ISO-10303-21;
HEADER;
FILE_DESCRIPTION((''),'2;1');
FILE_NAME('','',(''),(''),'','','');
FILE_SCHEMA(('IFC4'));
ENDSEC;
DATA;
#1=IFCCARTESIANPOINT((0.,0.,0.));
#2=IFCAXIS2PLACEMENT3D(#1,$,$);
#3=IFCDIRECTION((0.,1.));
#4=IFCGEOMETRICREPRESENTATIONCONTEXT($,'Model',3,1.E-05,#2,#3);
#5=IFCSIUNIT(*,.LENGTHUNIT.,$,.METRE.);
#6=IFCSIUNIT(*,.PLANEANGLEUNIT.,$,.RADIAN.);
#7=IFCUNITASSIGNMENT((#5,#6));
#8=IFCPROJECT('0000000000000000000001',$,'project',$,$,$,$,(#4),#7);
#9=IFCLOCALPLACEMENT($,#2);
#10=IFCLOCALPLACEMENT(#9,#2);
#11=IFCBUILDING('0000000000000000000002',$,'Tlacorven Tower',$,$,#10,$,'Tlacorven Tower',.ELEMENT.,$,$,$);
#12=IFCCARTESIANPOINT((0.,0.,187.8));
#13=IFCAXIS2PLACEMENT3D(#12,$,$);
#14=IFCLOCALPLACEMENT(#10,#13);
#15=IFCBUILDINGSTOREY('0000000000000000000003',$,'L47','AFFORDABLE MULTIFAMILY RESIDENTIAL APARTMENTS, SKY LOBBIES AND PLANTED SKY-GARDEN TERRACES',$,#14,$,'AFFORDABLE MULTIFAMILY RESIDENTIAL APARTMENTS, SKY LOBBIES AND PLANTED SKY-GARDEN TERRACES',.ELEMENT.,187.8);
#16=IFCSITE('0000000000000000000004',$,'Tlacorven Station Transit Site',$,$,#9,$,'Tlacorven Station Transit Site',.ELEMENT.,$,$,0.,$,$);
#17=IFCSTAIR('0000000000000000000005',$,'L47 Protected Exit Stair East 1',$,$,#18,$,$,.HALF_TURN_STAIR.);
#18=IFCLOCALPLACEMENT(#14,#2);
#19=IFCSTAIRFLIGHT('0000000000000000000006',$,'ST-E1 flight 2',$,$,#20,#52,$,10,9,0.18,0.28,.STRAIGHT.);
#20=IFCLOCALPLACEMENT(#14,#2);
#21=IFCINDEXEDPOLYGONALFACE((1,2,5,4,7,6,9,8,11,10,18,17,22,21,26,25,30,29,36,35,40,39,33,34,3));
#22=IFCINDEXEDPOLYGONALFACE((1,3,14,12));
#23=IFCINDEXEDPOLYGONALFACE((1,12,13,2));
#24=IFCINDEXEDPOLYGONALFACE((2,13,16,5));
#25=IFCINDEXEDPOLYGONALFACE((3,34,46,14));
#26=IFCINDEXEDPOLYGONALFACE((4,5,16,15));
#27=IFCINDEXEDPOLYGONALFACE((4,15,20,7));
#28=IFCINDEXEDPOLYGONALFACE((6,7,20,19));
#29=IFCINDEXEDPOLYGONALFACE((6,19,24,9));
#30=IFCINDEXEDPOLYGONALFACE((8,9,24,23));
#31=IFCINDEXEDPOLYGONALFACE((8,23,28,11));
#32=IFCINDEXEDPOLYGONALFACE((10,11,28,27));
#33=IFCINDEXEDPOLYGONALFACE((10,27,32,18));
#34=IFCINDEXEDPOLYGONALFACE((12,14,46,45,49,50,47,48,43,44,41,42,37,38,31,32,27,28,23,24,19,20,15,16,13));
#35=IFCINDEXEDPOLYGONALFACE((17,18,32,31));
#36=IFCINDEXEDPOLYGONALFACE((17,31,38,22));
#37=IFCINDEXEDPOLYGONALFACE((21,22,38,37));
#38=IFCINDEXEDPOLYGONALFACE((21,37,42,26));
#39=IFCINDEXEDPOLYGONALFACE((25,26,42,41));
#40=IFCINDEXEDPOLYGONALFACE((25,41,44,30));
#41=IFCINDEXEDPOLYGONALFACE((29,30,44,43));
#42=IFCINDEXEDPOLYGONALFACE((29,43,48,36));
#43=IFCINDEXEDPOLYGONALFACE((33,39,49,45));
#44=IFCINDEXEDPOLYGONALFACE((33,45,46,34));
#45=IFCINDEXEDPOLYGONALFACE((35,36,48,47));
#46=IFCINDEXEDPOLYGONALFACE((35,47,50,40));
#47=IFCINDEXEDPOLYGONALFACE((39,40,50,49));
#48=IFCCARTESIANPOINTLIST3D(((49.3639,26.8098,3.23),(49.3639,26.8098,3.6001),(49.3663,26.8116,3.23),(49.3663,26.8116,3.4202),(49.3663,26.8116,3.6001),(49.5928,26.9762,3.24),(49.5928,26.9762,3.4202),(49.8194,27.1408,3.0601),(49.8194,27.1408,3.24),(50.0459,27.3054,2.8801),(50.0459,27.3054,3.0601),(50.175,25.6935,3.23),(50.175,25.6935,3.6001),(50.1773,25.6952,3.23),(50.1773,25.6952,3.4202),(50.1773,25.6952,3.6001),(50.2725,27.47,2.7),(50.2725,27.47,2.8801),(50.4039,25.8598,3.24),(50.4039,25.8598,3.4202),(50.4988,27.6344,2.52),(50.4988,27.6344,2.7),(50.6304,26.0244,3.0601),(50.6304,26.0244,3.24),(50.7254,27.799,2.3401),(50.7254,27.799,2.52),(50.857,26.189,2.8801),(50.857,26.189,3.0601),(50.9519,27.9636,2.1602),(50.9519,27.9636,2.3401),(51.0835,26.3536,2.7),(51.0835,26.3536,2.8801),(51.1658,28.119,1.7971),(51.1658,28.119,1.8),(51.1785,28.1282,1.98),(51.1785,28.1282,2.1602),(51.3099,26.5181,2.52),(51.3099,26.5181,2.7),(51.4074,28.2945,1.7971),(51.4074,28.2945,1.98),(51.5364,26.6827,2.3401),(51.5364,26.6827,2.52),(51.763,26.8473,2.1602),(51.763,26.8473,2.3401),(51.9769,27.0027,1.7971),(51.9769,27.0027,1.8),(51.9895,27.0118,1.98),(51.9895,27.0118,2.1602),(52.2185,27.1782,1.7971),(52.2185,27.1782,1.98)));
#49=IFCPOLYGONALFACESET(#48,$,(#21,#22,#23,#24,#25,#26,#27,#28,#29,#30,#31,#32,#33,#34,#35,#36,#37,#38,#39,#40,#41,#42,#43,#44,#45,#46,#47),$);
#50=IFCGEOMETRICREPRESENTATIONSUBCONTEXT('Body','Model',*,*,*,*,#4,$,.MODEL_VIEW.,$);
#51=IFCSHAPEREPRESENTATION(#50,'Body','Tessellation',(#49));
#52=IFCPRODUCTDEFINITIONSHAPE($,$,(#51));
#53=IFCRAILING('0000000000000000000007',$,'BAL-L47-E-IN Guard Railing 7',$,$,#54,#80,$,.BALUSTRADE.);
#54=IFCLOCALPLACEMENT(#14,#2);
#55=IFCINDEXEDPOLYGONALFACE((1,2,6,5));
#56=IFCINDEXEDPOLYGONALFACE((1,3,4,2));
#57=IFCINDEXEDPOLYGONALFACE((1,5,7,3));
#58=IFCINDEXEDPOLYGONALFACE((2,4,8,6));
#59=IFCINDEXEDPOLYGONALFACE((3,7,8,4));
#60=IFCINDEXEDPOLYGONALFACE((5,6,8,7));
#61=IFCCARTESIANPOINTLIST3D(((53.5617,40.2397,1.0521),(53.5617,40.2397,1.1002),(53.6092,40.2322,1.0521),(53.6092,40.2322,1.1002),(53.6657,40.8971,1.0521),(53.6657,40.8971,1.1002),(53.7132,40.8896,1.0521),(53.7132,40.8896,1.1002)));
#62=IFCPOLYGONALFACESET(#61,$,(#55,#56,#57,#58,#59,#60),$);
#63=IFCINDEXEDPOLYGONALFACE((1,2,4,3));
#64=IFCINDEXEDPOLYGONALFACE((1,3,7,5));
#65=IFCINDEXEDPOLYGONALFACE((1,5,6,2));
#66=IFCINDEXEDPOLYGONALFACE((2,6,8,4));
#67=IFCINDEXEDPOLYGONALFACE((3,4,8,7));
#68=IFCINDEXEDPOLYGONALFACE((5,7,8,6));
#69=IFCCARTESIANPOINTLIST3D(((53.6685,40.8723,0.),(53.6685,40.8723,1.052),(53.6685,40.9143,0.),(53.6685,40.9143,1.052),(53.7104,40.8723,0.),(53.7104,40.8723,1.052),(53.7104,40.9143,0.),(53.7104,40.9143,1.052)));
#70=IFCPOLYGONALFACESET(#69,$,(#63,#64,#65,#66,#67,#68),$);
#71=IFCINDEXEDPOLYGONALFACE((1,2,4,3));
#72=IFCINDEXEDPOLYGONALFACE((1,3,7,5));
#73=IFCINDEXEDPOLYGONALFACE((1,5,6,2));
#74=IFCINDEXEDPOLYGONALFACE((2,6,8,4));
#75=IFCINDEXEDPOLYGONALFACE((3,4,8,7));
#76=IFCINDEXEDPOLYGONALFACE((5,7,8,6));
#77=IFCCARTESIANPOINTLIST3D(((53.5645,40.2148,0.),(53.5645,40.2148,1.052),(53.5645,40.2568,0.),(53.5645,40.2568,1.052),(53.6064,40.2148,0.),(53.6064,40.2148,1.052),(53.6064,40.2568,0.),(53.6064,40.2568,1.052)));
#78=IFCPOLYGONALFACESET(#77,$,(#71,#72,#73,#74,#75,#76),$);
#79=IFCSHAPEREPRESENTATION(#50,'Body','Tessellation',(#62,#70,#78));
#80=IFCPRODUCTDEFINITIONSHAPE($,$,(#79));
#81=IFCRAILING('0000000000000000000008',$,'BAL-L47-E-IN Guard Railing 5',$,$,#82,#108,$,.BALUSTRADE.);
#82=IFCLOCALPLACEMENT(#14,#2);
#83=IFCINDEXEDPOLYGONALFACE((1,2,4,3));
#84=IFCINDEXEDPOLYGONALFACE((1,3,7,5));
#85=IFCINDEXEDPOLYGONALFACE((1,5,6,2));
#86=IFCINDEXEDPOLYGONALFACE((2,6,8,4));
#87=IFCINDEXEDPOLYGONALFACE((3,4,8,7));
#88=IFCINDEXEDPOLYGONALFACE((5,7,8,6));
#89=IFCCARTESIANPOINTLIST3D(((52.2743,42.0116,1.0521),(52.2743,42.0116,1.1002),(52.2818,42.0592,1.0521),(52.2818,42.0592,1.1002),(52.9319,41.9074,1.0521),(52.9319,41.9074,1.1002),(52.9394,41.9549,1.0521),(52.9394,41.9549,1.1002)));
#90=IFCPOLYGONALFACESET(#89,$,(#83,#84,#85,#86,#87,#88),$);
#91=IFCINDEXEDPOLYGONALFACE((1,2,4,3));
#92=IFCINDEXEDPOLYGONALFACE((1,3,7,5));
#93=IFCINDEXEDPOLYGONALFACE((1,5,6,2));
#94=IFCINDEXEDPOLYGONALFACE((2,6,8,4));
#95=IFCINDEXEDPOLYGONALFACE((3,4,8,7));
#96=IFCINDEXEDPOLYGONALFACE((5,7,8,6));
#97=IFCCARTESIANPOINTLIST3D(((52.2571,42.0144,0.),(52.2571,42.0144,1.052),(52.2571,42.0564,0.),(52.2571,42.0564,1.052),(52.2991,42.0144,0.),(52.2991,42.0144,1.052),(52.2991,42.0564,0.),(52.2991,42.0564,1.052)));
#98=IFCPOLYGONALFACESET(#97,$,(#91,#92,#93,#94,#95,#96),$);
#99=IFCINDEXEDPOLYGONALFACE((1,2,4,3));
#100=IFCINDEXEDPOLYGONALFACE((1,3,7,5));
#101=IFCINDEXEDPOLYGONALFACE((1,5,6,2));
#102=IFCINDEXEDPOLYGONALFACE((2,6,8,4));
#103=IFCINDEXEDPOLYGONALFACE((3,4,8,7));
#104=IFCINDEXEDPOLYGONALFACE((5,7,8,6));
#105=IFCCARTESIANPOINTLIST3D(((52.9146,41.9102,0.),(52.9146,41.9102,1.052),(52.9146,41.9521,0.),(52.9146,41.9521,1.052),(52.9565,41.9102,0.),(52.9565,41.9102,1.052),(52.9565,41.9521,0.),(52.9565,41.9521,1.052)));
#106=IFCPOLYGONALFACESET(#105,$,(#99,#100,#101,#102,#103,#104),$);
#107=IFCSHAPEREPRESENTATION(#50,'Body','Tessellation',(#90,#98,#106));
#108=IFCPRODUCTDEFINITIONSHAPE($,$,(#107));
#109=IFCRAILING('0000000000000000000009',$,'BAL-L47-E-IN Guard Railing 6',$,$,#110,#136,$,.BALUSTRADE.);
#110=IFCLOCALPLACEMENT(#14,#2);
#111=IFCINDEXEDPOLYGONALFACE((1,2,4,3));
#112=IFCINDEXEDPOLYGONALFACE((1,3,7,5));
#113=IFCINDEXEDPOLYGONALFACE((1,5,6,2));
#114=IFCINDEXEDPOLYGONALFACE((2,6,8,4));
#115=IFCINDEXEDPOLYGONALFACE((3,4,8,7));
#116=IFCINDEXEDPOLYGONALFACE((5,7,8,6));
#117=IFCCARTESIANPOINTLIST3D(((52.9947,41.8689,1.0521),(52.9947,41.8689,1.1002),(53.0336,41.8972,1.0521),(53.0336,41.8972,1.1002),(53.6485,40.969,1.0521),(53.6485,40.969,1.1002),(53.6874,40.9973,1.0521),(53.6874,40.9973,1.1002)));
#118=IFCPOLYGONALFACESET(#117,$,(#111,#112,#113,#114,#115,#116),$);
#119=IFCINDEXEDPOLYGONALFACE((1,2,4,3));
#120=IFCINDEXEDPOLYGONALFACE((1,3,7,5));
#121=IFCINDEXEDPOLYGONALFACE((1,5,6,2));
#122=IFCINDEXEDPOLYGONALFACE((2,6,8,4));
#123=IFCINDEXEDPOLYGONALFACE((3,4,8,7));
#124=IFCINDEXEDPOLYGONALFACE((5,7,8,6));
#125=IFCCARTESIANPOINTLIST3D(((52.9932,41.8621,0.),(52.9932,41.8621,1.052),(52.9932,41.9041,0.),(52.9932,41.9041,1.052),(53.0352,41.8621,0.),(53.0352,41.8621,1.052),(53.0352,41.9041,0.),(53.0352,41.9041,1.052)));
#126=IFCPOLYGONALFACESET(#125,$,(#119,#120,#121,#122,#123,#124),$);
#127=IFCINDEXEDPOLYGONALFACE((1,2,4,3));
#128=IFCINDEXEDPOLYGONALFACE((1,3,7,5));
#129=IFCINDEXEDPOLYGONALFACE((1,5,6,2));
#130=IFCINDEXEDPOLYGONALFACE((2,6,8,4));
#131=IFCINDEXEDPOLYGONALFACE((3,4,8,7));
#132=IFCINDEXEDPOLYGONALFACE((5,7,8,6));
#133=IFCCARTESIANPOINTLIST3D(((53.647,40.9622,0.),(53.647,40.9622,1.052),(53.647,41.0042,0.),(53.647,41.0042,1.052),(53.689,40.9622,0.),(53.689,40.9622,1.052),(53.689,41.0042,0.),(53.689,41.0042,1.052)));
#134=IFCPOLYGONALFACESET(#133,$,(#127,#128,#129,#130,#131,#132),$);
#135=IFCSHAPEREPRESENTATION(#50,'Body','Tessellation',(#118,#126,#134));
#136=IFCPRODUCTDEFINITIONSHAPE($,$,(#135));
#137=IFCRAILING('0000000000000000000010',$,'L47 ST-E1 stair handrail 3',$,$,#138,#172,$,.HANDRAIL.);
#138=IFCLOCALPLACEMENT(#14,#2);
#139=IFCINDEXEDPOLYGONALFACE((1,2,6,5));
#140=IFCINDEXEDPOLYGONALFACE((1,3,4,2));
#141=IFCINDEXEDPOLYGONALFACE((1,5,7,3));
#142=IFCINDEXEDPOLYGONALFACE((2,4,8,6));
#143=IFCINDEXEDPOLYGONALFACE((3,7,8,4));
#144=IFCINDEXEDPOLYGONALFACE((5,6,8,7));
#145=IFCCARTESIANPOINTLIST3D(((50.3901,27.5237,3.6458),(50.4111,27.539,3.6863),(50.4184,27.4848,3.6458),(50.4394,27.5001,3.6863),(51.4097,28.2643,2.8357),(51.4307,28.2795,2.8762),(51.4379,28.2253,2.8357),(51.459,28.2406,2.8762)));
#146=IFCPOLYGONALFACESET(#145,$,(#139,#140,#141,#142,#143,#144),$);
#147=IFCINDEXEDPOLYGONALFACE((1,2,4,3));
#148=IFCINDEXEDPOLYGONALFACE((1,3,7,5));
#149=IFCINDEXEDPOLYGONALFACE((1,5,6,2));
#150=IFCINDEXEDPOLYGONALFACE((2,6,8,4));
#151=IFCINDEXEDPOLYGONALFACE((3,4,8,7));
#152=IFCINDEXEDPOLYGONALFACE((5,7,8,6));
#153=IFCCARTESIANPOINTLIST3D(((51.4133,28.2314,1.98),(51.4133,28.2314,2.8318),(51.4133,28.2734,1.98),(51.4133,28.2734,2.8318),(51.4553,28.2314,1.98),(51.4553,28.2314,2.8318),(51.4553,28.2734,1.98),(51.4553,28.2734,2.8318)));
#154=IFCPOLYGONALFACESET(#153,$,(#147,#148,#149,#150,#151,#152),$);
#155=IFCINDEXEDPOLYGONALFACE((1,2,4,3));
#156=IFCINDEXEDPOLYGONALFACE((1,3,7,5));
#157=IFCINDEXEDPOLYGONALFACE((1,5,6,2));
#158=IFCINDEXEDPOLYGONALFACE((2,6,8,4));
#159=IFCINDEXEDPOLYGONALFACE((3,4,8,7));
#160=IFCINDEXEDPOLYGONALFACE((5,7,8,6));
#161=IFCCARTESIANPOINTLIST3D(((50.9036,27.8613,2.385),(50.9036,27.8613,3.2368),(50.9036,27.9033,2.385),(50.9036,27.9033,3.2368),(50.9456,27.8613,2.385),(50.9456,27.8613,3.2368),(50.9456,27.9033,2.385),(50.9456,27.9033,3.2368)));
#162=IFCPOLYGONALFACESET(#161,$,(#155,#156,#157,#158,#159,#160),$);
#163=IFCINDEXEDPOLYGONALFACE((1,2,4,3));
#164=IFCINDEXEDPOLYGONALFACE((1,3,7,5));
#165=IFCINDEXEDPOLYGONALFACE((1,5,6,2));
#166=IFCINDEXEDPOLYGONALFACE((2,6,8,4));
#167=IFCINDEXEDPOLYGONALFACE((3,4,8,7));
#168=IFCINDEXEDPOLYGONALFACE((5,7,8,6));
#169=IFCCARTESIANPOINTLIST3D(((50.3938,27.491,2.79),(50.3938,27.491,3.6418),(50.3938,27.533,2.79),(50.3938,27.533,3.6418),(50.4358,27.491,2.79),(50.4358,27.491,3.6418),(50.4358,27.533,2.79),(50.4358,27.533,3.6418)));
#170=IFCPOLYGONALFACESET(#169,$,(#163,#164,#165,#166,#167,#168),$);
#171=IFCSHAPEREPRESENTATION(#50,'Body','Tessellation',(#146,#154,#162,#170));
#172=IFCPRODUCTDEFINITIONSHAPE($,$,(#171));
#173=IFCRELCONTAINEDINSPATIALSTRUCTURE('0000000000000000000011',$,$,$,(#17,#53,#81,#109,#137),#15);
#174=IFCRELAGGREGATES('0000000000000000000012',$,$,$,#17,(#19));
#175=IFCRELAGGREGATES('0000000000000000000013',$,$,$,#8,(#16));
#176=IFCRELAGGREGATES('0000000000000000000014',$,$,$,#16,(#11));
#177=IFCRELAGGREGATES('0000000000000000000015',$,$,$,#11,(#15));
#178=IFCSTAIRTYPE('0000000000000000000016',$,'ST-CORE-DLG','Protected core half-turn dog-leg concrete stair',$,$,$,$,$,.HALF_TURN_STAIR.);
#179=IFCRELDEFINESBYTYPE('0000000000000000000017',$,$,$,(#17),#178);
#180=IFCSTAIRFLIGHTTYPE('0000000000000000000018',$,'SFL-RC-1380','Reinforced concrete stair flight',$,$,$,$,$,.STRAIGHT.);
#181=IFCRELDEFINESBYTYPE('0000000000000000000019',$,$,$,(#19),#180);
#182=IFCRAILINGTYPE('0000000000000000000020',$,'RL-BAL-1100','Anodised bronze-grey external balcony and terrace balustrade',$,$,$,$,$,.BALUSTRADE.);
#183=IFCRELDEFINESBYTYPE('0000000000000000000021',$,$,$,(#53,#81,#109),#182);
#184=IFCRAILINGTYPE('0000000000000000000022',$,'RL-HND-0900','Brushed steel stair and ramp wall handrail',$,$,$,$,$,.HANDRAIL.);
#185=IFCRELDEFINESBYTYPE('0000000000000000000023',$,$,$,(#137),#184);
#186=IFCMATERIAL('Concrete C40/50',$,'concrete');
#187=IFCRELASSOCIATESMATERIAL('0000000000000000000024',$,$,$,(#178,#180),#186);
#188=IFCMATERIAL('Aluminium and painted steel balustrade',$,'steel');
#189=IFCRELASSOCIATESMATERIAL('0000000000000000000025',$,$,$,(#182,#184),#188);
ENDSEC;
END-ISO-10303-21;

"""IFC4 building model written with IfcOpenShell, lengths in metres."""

from ifc_helpers import new_model, si_unit, direction, frame, origin, origin_2d, place, context, subcontext, project, spatial, polyline, rectangle, outline, extrude, source, transform, mapped, material, type_object, element, aggregate, save


model = new_model("IFC4")

# Units and contexts
model_context = context("Model", 3, precision=1e-05, world=origin(), true_north=direction((0.0, 1.0)))
body_context = subcontext(model_context, "Body", "Model", "MODEL_VIEW")
ifc_project = project(units=[si_unit("LENGTHUNIT", "METRE"), si_unit("PLANEANGLEUNIT", "RADIAN")], contexts=[model_context])

# Site, building, storey
site_placement = place(None, origin())
site = spatial("IfcSite", under=ifc_project, at=site_placement, Name="Tlacorven Station Transit Site", LongName="Tlacorven Station Transit Site", CompositionType="ELEMENT", RefElevation=0.0)
building_placement = place(site_placement, origin())
building = spatial("IfcBuilding", under=site, at=building_placement, Name="Tlacorven Tower", LongName="Tlacorven Tower", CompositionType="ELEMENT")
storey_placement = place(building_placement, frame((0.0, 0.0, 187.8)))
storey = spatial("IfcBuildingStorey", under=building, at=storey_placement, Name="L47", Description="AFFORDABLE MULTIFAMILY RESIDENTIAL APARTMENTS, SKY LOBBIES AND PLANTED SKY-GARDEN TERRACES", LongName="AFFORDABLE MULTIFAMILY RESIDENTIAL APARTMENTS, SKY LOBBIES AND PLANTED SKY-GARDEN TERRACES", CompositionType="ELEMENT", Elevation=187.8)

# Stair, stair flight
ifc_material_1 = material(Name="Concrete C40/50", Category="concrete")
stair_type = type_object("IfcStairType", Name="ST-CORE-DLG", Description="Protected core half-turn dog-leg concrete stair", PredefinedType="HALF_TURN_STAIR", material=ifc_material_1)
stair_placement = place(storey_placement, origin())
stair = element("IfcStair", 1, at=stair_placement, inside=storey, type_object=stair_type, Name="L47 Protected Exit Stair East 1", PredefinedType="HALF_TURN_STAIR")
stair_flight_type = type_object("IfcStairFlightType", Name="SFL-RC-1380", Description="Reinforced concrete stair flight", PredefinedType="STRAIGHT", material=ifc_material_1)
shared_shape_1 = source(origin(), body_context, "Body", "SweptSolid", [
    extrude(outline(polyline([(-0.0029, -0.0029), (-0.0029, 0.1799), (0.28, 0.1799), (0.28, 0.3601), (0.5601, 0.3601), (0.5601, 0.54), (0.8401, 0.54), (0.8401, 0.72), (1.1201, 0.72), (1.1201, 0.8999), (1.3999, 0.8999), (1.3999, 1.0801), (1.6799, 1.0801), (1.6799, 1.26), (1.96, 1.26), (1.96, 1.4399), (2.24, 1.4399), (2.24, 1.6201), (2.52, 1.6201), (2.52, 1.8), (2.5229, 1.8), (2.5229, 1.4299), (2.52, 1.4299), (0.2957, 0.0), (0.2957, -0.0029), (-0.0029, -0.0029)])), frame((0.0, 0.6899, 0.0), z_axis=(0.0, -1.0, 0.0), x_axis=(1.0, 0.0, 0.0)), (0.0, 0.0, 1.0), 1.3799),
])
stair_flight_placement = place(storey_placement, frame((51.8105, 27.7346, 1.8), z_axis=(0.0, 0.0, 1.0), x_axis=(-0.809017, -0.587785, 0.0)))
stair_flight = element("IfcStairFlight", 2, at=stair_flight_placement, type_object=stair_flight_type, Name="ST-E1 flight 2", NumberOfRisers=10, NumberOfTreads=9, PredefinedType="STRAIGHT", RiserHeight=0.18, TreadLength=0.28, context=body_context, shape_type="MappedRepresentation", body=[
    mapped(shared_shape_1, transform((0.0, 0.0, 0.0), scale=1.0)),
])
aggregate(stair, [stair_flight])

# Railings
ifc_material_2 = material(Name="Aluminium and painted steel balustrade", Category="steel")
railing_type_1 = type_object("IfcRailingType", Name="RL-BAL-1100", Description="Anodised bronze-grey external balcony and terrace balustrade", PredefinedType="BALUSTRADE", material=ifc_material_2)
shared_shape_2 = source(origin(), body_context, "Body", "SweptSolid", [
    extrude(rectangle(XDim=0.0481, YDim=0.0481, at=origin_2d()), frame((0.0, 0.0, 1.0762), z_axis=(-0.156245, -0.987718, 0.0), x_axis=(0.987718, -0.156245, 0.0)), (0.0, 0.0, 1.0), 0.6655),
    extrude(rectangle(XDim=0.042, YDim=0.042, at=origin_2d()), origin(), (0.0, 0.0, 1.0), 1.052),
    extrude(rectangle(XDim=0.042, YDim=0.042, at=origin_2d()), frame((-0.104, -0.6575, 0.0)), (0.0, 0.0, 1.0), 1.052),
])
railing_1_placement = place(storey_placement, frame((53.6895, 40.8933, 0.0)))
element("IfcRailing", 3, at=railing_1_placement, inside=storey, type_object=railing_type_1, Name="BAL-L47-E-IN Guard Railing 7", PredefinedType="BALUSTRADE", context=body_context, shape_type="MappedRepresentation", body=[
    mapped(shared_shape_2, transform((0.0, 0.0, 0.0), scale=1.0)),
])
shared_shape_3 = source(origin(), body_context, "Body", "SweptSolid", [
    extrude(rectangle(XDim=0.0481, YDim=0.0481, at=origin_2d()), frame((0.0, 0.0, 1.0762), z_axis=(0.987662, -0.156603, 0.0), x_axis=(0.156603, 0.987662, 0.0)), (0.0, 0.0, 1.0), 0.6658),
    extrude(rectangle(XDim=0.042, YDim=0.042, at=origin_2d()), origin(), (0.0, 0.0, 1.0), 1.052),
    extrude(rectangle(XDim=0.042, YDim=0.042, at=origin_2d()), frame((0.6575, -0.1042, 0.0)), (0.0, 0.0, 1.0), 1.052),
])
railing_2_placement = place(storey_placement, frame((52.2781, 42.0354, 0.0)))
element("IfcRailing", 4, at=railing_2_placement, inside=storey, type_object=railing_type_1, Name="BAL-L47-E-IN Guard Railing 5", PredefinedType="BALUSTRADE", context=body_context, shape_type="MappedRepresentation", body=[
    mapped(shared_shape_3, transform((0.0, 0.0, 0.0), scale=1.0)),
])
shared_shape_4 = source(origin(), body_context, "Body", "SweptSolid", [
    extrude(rectangle(XDim=0.0481, YDim=0.0481, at=origin_2d()), frame((0.0, 0.0, 1.0762), z_axis=(0.58778, -0.809021, 0.0), x_axis=(0.809021, 0.58778, 0.0)), (0.0, 0.0, 1.0), 1.1123),
    extrude(rectangle(XDim=0.042, YDim=0.042, at=origin_2d()), origin(), (0.0, 0.0, 1.0), 1.052),
    extrude(rectangle(XDim=0.042, YDim=0.042, at=origin_2d()), frame((0.6538, -0.8999, 0.0)), (0.0, 0.0, 1.0), 1.052),
])
railing_3_placement = place(storey_placement, frame((53.0142, 41.8831, 0.0)))
element("IfcRailing", 5, at=railing_3_placement, inside=storey, type_object=railing_type_1, Name="BAL-L47-E-IN Guard Railing 6", PredefinedType="BALUSTRADE", context=body_context, shape_type="MappedRepresentation", body=[
    mapped(shared_shape_4, transform((0.0, 0.0, 0.0), scale=1.0)),
])
railing_type_2 = type_object("IfcRailingType", Name="RL-HND-0900", Description="Brushed steel stair and ramp wall handrail", PredefinedType="HANDRAIL", material=ifc_material_2)
shared_shape_5 = source(origin(), body_context, "Body", "SweptSolid", [
    extrude(rectangle(XDim=0.0481, YDim=0.0481, at=origin_2d()), frame((0.0, 0.0, 0.876), z_axis=(-0.680604, -0.494318, 0.540767), x_axis=(0.587653, -0.809113, 0.0)), (0.0, 0.0, 1.0), 1.498),
    extrude(rectangle(XDim=0.042, YDim=0.042, at=origin_2d()), origin(), (0.0, 0.0, 1.0), 0.8518),
    extrude(rectangle(XDim=0.042, YDim=0.042, at=origin_2d()), frame((-0.5098, -0.3701, 0.405)), (0.0, 0.0, 1.0), 0.8518),
    extrude(rectangle(XDim=0.042, YDim=0.042, at=origin_2d()), frame((-1.0195, -0.7405, 0.8101)), (0.0, 0.0, 1.0), 0.8518),
])
railing_4_placement = place(storey_placement, frame((51.4343, 28.2524, 1.98)))
element("IfcRailing", 6, at=railing_4_placement, inside=storey, type_object=railing_type_2, Name="L47 ST-E1 stair handrail 3", PredefinedType="HANDRAIL", context=body_context, shape_type="MappedRepresentation", body=[
    mapped(shared_shape_5, transform((0.0, 0.0, 0.0), scale=1.0)),
])

save(model, "model.ifc")
